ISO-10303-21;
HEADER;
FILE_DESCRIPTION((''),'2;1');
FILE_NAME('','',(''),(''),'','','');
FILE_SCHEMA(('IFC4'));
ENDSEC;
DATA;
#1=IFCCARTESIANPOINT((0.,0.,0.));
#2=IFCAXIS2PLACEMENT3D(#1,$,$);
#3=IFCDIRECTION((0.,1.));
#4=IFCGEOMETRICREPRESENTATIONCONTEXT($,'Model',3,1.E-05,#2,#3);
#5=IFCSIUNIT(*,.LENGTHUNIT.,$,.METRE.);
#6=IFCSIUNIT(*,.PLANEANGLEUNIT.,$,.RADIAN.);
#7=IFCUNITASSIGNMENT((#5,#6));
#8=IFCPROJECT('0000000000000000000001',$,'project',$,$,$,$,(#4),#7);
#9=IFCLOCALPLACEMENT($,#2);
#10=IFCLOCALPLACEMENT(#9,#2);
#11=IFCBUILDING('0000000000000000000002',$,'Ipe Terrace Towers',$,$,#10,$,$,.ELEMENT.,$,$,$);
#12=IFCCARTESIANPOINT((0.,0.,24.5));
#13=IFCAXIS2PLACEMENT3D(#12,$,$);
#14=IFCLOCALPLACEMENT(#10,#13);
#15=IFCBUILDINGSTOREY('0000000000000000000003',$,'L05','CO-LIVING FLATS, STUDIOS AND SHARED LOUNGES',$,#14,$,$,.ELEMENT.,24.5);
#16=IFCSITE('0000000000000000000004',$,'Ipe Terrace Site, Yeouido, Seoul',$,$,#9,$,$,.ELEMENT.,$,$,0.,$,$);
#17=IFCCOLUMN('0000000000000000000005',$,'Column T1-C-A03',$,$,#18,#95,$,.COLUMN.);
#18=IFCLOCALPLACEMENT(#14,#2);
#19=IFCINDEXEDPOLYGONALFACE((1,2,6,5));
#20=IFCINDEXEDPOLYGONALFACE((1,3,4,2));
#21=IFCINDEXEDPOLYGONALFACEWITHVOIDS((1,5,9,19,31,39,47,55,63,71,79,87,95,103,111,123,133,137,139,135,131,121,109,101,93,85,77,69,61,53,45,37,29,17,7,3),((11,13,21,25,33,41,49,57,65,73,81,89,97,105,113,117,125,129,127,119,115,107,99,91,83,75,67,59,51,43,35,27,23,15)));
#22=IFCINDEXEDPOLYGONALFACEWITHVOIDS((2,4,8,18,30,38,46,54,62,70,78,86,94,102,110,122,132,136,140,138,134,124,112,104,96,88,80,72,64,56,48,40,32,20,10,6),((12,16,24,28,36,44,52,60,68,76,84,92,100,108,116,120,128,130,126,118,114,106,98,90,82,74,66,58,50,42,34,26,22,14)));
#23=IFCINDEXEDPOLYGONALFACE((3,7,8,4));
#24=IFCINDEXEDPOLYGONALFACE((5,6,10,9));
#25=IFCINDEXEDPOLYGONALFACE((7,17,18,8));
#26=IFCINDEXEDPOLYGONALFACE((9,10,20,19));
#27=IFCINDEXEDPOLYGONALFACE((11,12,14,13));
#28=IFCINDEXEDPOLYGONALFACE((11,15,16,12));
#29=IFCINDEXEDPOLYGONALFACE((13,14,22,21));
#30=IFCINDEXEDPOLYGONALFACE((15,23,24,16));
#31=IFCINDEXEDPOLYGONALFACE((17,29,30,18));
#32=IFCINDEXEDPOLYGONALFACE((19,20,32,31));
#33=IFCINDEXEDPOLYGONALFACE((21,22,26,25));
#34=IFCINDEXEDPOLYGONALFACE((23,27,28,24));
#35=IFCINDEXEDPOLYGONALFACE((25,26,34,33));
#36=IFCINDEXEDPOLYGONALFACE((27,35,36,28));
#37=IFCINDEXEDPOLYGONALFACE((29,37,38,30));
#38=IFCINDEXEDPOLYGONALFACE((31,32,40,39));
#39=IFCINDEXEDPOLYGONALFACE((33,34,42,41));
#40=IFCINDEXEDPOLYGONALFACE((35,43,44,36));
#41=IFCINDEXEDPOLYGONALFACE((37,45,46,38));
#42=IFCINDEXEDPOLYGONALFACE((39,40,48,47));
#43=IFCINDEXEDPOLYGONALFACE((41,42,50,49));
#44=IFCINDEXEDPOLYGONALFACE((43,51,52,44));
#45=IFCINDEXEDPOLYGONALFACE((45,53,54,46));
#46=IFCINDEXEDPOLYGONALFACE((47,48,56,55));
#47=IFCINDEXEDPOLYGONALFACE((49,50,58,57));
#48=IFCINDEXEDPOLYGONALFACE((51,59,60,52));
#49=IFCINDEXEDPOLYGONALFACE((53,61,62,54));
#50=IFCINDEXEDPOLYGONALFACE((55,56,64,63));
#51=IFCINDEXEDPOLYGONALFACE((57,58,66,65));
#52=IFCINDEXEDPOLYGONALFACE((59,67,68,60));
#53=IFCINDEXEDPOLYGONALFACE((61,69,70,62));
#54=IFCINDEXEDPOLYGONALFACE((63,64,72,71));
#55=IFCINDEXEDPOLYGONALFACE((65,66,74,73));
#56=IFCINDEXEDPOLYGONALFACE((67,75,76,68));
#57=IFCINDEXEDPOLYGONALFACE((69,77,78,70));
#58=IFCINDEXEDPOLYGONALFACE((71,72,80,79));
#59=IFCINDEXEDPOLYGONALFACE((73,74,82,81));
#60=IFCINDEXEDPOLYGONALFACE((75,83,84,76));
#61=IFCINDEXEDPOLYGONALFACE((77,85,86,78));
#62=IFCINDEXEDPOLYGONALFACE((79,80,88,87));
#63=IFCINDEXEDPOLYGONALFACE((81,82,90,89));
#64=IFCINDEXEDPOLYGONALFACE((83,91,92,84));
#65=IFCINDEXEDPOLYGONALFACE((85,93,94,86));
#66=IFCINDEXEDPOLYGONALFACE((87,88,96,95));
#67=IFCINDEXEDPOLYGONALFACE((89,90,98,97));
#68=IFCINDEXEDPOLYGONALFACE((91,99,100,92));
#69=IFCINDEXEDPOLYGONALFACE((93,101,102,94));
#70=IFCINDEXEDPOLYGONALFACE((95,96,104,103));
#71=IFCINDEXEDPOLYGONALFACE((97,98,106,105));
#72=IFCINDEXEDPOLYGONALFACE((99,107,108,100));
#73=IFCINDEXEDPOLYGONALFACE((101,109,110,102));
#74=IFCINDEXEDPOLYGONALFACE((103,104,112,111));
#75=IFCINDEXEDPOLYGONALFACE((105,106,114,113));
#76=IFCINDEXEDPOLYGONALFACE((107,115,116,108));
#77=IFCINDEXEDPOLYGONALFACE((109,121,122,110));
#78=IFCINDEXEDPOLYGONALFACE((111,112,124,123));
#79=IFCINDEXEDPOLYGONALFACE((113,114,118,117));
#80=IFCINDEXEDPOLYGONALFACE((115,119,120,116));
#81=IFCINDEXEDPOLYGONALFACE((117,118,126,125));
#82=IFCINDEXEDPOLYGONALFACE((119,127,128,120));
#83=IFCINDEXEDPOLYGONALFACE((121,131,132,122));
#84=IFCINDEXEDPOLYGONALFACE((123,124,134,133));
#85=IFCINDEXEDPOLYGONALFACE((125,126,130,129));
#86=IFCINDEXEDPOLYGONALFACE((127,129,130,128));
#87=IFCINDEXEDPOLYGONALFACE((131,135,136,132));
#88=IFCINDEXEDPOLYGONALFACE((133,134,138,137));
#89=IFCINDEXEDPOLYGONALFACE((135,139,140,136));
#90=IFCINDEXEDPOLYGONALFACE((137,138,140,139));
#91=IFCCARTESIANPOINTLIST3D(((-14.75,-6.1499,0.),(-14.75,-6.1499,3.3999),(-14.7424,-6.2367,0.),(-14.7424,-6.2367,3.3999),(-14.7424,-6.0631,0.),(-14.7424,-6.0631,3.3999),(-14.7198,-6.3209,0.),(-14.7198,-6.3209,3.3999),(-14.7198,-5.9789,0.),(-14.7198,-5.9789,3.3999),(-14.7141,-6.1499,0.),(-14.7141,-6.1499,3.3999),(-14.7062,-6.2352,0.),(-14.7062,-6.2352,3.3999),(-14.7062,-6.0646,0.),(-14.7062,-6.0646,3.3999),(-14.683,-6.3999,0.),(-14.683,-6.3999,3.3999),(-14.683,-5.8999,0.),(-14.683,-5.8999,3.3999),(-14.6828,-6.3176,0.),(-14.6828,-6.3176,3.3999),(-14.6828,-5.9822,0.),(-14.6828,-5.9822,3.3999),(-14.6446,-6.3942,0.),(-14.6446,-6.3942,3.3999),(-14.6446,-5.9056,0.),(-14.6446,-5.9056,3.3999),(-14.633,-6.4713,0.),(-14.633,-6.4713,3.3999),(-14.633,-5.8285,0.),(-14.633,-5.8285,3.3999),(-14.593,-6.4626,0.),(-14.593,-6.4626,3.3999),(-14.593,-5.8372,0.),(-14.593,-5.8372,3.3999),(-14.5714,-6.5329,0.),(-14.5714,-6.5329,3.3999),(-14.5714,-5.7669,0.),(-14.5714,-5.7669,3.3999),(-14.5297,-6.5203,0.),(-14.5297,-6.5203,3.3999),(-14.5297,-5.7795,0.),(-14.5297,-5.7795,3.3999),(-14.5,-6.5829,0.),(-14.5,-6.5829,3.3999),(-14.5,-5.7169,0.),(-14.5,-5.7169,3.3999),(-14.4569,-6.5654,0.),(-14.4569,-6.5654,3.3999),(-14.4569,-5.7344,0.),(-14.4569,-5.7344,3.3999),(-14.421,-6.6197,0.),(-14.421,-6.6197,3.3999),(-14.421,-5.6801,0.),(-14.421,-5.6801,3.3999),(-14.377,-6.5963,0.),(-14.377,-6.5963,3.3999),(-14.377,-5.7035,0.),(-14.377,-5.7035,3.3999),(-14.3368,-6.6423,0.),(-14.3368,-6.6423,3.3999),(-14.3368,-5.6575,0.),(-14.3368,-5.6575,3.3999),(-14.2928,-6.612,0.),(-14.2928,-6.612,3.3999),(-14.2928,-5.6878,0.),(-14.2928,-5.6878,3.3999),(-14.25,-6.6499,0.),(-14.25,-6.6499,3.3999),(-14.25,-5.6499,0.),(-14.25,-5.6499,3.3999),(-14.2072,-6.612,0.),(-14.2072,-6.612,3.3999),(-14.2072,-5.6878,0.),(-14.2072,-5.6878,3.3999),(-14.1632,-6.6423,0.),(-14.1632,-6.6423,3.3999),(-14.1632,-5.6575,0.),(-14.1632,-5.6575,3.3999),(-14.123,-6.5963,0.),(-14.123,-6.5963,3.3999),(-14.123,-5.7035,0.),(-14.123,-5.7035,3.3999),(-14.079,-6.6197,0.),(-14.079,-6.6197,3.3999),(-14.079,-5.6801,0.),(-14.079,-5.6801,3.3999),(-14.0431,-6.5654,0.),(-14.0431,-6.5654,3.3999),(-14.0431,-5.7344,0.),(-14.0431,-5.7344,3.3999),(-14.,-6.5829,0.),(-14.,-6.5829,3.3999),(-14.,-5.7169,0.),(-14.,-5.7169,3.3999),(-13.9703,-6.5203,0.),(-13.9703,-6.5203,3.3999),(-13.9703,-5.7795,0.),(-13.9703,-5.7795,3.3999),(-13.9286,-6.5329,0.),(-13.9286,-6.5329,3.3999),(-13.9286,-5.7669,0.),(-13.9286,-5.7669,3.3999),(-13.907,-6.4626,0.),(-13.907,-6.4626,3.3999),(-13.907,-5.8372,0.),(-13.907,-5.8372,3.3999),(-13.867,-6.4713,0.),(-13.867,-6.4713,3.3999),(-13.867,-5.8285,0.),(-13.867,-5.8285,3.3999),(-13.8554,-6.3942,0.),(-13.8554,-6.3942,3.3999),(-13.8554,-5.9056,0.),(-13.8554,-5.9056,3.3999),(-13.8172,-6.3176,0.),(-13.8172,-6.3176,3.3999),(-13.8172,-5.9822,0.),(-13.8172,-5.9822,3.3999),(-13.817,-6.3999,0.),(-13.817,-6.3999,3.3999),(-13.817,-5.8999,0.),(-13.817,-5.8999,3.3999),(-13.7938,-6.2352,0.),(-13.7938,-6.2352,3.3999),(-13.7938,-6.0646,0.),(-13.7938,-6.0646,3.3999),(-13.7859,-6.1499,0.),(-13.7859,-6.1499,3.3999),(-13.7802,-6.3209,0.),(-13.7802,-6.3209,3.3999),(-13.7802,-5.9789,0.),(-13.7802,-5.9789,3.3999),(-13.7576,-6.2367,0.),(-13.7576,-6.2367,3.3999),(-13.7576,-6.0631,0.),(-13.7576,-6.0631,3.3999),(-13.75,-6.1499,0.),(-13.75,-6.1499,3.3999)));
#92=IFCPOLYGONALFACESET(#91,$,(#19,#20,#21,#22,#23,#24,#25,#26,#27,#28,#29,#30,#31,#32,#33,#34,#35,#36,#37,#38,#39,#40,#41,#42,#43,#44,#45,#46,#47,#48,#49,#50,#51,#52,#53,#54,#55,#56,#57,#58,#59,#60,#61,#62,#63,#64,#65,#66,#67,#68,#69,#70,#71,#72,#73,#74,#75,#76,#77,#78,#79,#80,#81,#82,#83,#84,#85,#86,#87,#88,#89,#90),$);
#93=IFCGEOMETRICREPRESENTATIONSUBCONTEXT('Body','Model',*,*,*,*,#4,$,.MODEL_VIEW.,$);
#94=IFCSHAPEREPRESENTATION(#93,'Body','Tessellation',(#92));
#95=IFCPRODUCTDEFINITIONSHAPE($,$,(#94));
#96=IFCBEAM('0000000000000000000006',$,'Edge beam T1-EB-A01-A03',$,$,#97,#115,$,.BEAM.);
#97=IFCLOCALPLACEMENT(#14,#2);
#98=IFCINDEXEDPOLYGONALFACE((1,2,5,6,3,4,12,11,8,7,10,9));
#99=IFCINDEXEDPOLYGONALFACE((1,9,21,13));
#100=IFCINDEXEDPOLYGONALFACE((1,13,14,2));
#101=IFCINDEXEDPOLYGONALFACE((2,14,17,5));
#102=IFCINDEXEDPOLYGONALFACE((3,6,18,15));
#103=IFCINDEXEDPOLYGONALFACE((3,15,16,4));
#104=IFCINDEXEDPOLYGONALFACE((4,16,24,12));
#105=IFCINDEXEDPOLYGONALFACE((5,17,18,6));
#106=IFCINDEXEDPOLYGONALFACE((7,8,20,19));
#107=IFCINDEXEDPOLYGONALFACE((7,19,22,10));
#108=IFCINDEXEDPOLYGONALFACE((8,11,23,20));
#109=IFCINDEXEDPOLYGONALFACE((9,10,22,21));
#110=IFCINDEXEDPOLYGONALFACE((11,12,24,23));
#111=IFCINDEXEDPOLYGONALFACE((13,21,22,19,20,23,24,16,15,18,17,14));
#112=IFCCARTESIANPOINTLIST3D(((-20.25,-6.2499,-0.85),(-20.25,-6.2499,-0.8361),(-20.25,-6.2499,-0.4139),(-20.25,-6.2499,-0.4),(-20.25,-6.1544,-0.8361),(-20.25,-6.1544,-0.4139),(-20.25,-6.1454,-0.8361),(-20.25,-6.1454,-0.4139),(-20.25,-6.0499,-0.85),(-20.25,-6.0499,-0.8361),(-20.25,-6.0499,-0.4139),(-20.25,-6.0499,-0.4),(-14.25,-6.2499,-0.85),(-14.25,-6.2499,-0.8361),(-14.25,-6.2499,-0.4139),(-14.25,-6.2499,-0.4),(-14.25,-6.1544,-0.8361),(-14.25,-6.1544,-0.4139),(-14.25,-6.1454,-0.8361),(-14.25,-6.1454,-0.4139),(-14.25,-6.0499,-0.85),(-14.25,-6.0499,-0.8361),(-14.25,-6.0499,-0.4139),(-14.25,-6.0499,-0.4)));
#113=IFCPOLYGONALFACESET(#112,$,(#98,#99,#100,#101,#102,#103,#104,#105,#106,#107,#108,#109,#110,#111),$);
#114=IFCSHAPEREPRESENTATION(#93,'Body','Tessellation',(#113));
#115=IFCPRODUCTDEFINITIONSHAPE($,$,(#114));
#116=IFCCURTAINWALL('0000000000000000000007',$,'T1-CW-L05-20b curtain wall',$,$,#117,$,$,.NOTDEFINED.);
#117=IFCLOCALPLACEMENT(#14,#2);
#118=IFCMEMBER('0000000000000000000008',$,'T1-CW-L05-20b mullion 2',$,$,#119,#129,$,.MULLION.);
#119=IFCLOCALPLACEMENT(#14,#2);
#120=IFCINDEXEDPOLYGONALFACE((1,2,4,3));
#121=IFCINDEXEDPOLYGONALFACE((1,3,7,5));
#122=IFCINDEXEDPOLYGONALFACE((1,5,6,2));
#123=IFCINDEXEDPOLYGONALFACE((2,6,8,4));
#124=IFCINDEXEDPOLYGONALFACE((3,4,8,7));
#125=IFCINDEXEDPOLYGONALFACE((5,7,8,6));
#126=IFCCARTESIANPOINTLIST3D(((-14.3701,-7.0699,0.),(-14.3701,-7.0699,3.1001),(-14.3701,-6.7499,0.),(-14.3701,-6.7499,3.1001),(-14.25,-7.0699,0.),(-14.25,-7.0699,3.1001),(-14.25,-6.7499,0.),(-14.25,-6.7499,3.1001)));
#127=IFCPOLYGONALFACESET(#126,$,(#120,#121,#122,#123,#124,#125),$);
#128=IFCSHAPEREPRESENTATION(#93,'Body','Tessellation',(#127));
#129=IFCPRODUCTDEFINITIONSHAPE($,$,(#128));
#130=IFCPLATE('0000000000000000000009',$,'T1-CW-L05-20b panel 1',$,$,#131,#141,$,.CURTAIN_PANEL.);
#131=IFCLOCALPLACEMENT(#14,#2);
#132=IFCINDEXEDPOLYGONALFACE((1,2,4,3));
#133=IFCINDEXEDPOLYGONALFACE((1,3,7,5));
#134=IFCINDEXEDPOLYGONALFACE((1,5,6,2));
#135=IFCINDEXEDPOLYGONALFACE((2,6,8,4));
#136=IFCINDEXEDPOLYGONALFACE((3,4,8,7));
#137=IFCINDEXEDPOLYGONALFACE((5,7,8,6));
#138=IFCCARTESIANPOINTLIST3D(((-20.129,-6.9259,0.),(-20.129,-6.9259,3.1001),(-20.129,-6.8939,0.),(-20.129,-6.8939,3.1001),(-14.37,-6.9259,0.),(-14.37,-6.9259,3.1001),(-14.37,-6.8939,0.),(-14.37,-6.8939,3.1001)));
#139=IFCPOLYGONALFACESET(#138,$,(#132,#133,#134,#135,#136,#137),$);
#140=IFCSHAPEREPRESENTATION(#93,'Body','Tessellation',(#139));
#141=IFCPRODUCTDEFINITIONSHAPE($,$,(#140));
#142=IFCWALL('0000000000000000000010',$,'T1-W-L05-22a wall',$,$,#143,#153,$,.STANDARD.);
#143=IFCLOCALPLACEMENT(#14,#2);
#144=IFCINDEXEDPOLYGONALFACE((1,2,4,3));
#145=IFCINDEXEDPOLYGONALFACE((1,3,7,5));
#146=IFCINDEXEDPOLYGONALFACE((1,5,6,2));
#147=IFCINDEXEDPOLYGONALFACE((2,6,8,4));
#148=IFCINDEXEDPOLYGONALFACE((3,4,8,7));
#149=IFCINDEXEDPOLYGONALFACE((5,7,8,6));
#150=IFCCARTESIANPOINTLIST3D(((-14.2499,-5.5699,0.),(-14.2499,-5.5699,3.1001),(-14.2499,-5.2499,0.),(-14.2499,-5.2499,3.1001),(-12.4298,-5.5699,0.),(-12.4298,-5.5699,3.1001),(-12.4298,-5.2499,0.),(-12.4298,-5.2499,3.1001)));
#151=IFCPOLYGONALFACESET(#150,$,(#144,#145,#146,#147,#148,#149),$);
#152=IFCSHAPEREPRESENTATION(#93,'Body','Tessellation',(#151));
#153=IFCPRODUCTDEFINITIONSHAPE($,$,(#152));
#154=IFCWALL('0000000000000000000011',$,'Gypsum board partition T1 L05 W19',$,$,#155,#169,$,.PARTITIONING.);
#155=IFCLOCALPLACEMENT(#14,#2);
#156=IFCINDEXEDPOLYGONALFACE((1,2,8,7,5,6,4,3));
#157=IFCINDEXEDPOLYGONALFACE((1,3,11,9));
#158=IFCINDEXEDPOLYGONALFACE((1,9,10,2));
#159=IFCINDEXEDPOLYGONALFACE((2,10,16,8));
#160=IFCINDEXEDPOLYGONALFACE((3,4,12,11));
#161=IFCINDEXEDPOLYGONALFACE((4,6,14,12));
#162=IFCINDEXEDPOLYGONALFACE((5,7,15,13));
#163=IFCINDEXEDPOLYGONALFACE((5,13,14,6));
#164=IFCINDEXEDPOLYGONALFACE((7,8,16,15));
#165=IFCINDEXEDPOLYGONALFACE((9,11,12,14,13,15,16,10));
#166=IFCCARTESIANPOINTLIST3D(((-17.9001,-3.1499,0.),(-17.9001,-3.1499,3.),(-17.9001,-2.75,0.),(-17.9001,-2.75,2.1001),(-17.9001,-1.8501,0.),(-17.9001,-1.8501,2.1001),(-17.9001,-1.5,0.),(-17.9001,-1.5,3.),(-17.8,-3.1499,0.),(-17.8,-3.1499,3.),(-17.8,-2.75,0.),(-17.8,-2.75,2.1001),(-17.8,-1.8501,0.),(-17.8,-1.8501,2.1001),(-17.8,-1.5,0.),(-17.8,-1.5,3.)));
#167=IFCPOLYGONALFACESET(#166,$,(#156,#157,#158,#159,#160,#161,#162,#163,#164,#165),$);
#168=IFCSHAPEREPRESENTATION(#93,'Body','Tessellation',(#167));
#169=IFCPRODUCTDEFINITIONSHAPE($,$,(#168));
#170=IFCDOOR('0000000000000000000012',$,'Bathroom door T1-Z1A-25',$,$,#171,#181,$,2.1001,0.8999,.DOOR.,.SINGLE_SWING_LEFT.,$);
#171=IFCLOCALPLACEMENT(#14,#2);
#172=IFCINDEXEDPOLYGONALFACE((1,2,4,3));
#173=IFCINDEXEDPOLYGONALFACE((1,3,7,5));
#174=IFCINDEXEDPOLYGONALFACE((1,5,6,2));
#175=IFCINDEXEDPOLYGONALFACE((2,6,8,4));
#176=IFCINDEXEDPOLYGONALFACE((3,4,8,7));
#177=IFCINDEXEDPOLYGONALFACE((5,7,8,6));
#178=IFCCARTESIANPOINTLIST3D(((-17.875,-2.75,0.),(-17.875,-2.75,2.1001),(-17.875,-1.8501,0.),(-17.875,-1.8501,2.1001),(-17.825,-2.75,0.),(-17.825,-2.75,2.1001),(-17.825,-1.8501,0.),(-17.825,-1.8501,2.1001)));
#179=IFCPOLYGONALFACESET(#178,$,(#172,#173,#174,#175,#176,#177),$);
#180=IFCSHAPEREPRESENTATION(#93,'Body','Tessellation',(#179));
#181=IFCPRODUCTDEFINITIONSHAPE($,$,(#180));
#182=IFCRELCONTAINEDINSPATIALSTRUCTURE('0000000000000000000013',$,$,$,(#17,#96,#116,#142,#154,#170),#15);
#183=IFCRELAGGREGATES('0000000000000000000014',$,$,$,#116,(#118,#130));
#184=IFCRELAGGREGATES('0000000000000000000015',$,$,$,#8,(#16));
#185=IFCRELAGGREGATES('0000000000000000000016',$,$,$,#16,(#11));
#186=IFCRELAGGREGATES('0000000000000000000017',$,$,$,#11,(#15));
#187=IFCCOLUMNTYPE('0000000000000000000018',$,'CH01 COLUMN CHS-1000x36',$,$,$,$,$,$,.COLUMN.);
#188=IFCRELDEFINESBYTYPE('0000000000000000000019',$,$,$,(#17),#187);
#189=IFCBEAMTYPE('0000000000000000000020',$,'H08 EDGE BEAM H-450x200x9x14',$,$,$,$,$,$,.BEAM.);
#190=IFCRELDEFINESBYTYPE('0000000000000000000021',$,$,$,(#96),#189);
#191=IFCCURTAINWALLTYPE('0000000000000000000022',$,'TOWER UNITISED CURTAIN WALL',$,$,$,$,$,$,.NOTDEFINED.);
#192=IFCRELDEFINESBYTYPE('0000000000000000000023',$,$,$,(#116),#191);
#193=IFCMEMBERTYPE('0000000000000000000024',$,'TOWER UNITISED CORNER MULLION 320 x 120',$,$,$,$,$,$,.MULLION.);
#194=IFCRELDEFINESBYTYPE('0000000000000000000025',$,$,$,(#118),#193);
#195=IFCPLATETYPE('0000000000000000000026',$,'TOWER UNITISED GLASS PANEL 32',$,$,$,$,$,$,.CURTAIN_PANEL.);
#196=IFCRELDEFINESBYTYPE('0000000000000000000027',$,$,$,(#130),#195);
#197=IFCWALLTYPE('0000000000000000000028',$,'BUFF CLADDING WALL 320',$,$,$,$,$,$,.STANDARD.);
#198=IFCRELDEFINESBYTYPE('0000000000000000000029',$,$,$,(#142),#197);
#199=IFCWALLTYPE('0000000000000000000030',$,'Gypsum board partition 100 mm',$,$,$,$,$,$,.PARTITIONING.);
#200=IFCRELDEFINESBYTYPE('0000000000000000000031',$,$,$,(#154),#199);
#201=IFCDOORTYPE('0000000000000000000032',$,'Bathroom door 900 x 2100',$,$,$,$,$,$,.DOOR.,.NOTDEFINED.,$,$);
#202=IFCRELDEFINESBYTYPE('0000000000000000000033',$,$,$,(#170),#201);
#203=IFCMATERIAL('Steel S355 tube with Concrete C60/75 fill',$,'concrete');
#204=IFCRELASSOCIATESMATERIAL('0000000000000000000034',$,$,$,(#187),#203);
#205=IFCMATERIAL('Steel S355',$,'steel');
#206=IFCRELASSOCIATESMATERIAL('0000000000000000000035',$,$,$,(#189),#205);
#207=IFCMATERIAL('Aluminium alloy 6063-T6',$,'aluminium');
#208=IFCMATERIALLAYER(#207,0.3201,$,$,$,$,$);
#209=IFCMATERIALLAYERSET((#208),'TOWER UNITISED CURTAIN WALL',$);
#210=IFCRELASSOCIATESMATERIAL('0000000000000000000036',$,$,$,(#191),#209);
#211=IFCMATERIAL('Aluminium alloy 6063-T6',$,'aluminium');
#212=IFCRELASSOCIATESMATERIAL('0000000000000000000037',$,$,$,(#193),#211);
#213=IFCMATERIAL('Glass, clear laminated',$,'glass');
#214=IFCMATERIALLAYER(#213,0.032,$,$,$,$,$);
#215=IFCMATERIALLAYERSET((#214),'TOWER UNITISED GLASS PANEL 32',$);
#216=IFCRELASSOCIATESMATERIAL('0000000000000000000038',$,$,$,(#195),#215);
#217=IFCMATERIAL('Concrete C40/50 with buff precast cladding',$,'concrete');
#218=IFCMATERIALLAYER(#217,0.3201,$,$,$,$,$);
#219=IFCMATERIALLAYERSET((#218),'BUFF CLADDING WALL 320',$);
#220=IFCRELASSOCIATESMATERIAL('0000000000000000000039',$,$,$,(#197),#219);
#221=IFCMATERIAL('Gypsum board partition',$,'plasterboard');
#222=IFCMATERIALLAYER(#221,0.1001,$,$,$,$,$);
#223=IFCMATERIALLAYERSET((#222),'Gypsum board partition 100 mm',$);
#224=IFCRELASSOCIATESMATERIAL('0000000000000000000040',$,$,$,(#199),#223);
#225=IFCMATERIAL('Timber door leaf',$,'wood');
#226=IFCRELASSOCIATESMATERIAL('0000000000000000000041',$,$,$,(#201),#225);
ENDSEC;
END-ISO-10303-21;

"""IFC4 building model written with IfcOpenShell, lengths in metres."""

from ifc_helpers import new_model, si_unit, direction, frame, frame_2d, origin, origin_2d, place, context, subcontext, project, spatial, rectangle, hollow_circle, i_section, extrude, material, layer, layer_set, material_profile, profile_set, type_object, element, fill, aggregate, save


model = new_model("IFC4")

# Units and contexts
model_context = context("Model", 3, precision=1e-05, world=origin(), true_north=direction((0.0, 1.0)))
body_context = subcontext(model_context, "Body", "Model", "MODEL_VIEW")
ifc_project = project(units=[si_unit("LENGTHUNIT", "METRE"), si_unit("PLANEANGLEUNIT", "RADIAN")], contexts=[model_context])

# Site, building, storey
site_placement = place(None, origin())
site = spatial("IfcSite", under=ifc_project, at=site_placement, Name="Ipe Terrace Site, Yeouido, Seoul", CompositionType="ELEMENT", RefElevation=0.0)
building_placement = place(site_placement, origin())
building = spatial("IfcBuilding", under=site, at=building_placement, Name="Ipe Terrace Towers", CompositionType="ELEMENT")
storey_placement = place(building_placement, frame((0.0, 0.0, 24.5)))
storey = spatial("IfcBuildingStorey", under=building, at=storey_placement, Name="L05", Description="CO-LIVING FLATS, STUDIOS AND SHARED LOUNGES", CompositionType="ELEMENT", Elevation=24.5)

# Column
ifc_material_1 = material(Name="Steel S355 tube with Concrete C60/75 fill", Category="concrete")
ifc_material_profile_1 = material_profile(ifc_material_1, hollow_circle(Radius=0.5, WallThickness=0.0359, at=origin_2d()), Name="CHS-1000x36")
ifc_profile_set_1 = profile_set([ifc_material_profile_1], Name="Steel S355 tube with Concrete C60/75 fill")
column_type = type_object("IfcColumnType", Name="CH01 COLUMN CHS-1000x36", PredefinedType="COLUMN", material=ifc_profile_set_1)
column_placement = place(storey_placement, frame((-14.25, -6.1499, 0.0), z_axis=(0.0, 0.0, 1.0), x_axis=(1.0, 0.0, 0.0)))
element("IfcColumn", 1, at=column_placement, inside=storey, type_object=column_type, Name="Column T1-C-A03", PredefinedType="COLUMN", context=body_context, shape_type="SweptSolid", body=[
    extrude(hollow_circle(Radius=0.5, WallThickness=0.0359, at=origin_2d()), origin(), (0.0, 0.0, 1.0), 3.3999),
])

# Beam
ifc_material_2 = material(Name="Steel S355", Category="steel")
ifc_material_profile_2 = material_profile(ifc_material_2, i_section(OverallWidth=0.2, OverallDepth=0.45, WebThickness=0.009, FlangeThickness=0.0139, at=origin_2d()), Name="H-450x200x9x14")
ifc_profile_set_2 = profile_set([ifc_material_profile_2], Name="Steel S355")
beam_type = type_object("IfcBeamType", Name="H08 EDGE BEAM H-450x200x9x14", PredefinedType="BEAM", material=ifc_profile_set_2)
beam_placement = place(storey_placement, frame((-20.25, -6.1499, -0.625), z_axis=(1.0, 0.0, 0.0), x_axis=(0.0, 1.0, 0.0)))
element("IfcBeam", 2, at=beam_placement, inside=storey, type_object=beam_type, Name="Edge beam T1-EB-A01-A03", PredefinedType="BEAM", context=body_context, shape_type="SweptSolid", body=[
    extrude(i_section(OverallWidth=0.2, OverallDepth=0.45, WebThickness=0.009, FlangeThickness=0.0139, at=origin_2d()), origin(), (0.0, 0.0, 1.0), 6.0),
])

# Curtain wall, member, plate
ifc_material_3 = material(Name="Aluminium alloy 6063-T6", Category="aluminium")
ifc_layer_1 = layer(ifc_material_3, 0.3201)
ifc_layer_set_1 = layer_set([ifc_layer_1], Name="TOWER UNITISED CURTAIN WALL")
curtain_wall_type = type_object("IfcCurtainWallType", Name="TOWER UNITISED CURTAIN WALL", PredefinedType="NOTDEFINED", material=ifc_layer_set_1)
curtain_wall_placement = place(storey_placement, origin())
curtain_wall = element("IfcCurtainWall", 3, at=curtain_wall_placement, inside=storey, type_object=curtain_wall_type, Name="T1-CW-L05-20b curtain wall", PredefinedType="NOTDEFINED")
ifc_material_4 = material(Name="Aluminium alloy 6063-T6", Category="aluminium")
ifc_material_profile_3 = material_profile(ifc_material_4, rectangle(XDim=0.3201, YDim=0.1201, at=origin_2d()), Name="TOWER UNITISED CORNER MULLION 320 x 120")
ifc_profile_set_3 = profile_set([ifc_material_profile_3], Name="Aluminium alloy 6063-T6")
member_type = type_object("IfcMemberType", Name="TOWER UNITISED CORNER MULLION 320 x 120", PredefinedType="MULLION", material=ifc_profile_set_3)
member_placement = place(storey_placement, frame((-14.3101, -6.9099, 0.0), z_axis=(0.0, 0.0, 1.0), x_axis=(0.0, -1.0, 0.0)))
member = element("IfcMember", 4, at=member_placement, type_object=member_type, Name="T1-CW-L05-20b mullion 2", PredefinedType="MULLION", context=body_context, shape_type="SweptSolid", body=[
    extrude(rectangle(XDim=0.3201, YDim=0.1201, at=origin_2d()), origin(), (0.0, 0.0, 1.0), 3.1001),
])
ifc_material_5 = material(Name="Glass, clear laminated", Category="glass")
ifc_layer_2 = layer(ifc_material_5, 0.032)
ifc_layer_set_2 = layer_set([ifc_layer_2], Name="TOWER UNITISED GLASS PANEL 32")
plate_type = type_object("IfcPlateType", Name="TOWER UNITISED GLASS PANEL 32", PredefinedType="CURTAIN_PANEL", material=ifc_layer_set_2)
plate_placement = place(storey_placement, frame((-17.2495, -6.9099, 0.0), z_axis=(0.0, 0.0, 1.0), x_axis=(1.0, 0.0, 0.0)))
plate = element("IfcPlate", 5, at=plate_placement, type_object=plate_type, Name="T1-CW-L05-20b panel 1", PredefinedType="CURTAIN_PANEL", context=body_context, shape_type="SweptSolid", body=[
    extrude(rectangle(XDim=5.759, YDim=0.032, at=origin_2d()), origin(), (0.0, 0.0, 1.0), 3.1001),
])
aggregate(curtain_wall, [member, plate])

# Wall
ifc_material_6 = material(Name="Concrete C40/50 with buff precast cladding", Category="concrete")
ifc_layer_3 = layer(ifc_material_6, 0.3201)
ifc_layer_set_3 = layer_set([ifc_layer_3], Name="BUFF CLADDING WALL 320")
wall_type_1 = type_object("IfcWallType", Name="BUFF CLADDING WALL 320", PredefinedType="STANDARD", material=ifc_layer_set_3)
wall_1_placement = place(storey_placement, frame((-14.25, -5.4099, 0.0), z_axis=(0.0, 0.0, 1.0), x_axis=(1.0, 0.0, 0.0)))
element("IfcWall", 6, at=wall_1_placement, inside=storey, type_object=wall_type_1, Name="T1-W-L05-22a wall", PredefinedType="STANDARD", context=body_context, shape_type="SweptSolid", body=[
    extrude(rectangle(XDim=1.8201, YDim=0.3201, at=frame_2d((0.9102, 0.0))), origin(), (0.0, 0.0, 1.0), 3.1001),
])

# Wall, opening, door
ifc_material_7 = material(Name="Gypsum board partition", Category="plasterboard")
ifc_layer_4 = layer(ifc_material_7, 0.1001)
ifc_layer_set_4 = layer_set([ifc_layer_4], Name="Gypsum board partition 100 mm")
wall_type_2 = type_object("IfcWallType", Name="Gypsum board partition 100 mm", PredefinedType="PARTITIONING", material=ifc_layer_set_4)
wall_2_placement = place(storey_placement, frame((-17.8501, -3.1499, 0.0), z_axis=(0.0, 0.0, 1.0), x_axis=(0.0, 1.0, 0.0)))
wall_2 = element("IfcWall", 7, at=wall_2_placement, inside=storey, type_object=wall_type_2, Name="Gypsum board partition T1 L05 W19", PredefinedType="PARTITIONING", context=body_context, shape_type="SweptSolid", body=[
    extrude(rectangle(XDim=1.6499, YDim=0.1001, at=frame_2d((0.825, 0.0))), origin(), (0.0, 0.0, 1.0), 3.0),
])
opening_1_placement = place(wall_2_placement, frame((0.3999, 0.0, 0.0)))
opening_1 = element("IfcOpeningElement", 8, at=opening_1_placement, cuts=wall_2, PredefinedType="OPENING", context=body_context, shape_type="SweptSolid", body=[
    extrude(rectangle(XDim=0.8999, YDim=2.1001, at=frame_2d((0.45, 1.05))), frame((0.0, 0.0601, 0.0), z_axis=(0.0, -1.0, 0.0), x_axis=(1.0, 0.0, 0.0)), (0.0, 0.0, 1.0), 0.1201),
])
ifc_material_8 = material(Name="Timber door leaf", Category="wood")
door_type_1 = type_object("IfcDoorType", Name="Bathroom door 900 x 2100", OperationType="NOTDEFINED", PredefinedType="DOOR", material=ifc_material_8)
door_1_placement = place(opening_1_placement, origin())
door_1 = element("IfcDoor", 9, at=door_1_placement, inside=storey, type_object=door_type_1, Name="Bathroom door T1-Z1A-25", OperationType="SINGLE_SWING_LEFT", OverallHeight=2.1001, OverallWidth=0.8999, PredefinedType="DOOR", context=body_context, shape_type="SweptSolid", body=[
    extrude(rectangle(XDim=0.8999, YDim=2.1001, at=frame_2d((0.45, 1.05))), frame((0.0, 0.0249, 0.0), z_axis=(0.0, -1.0, 0.0), x_axis=(1.0, 0.0, 0.0)), (0.0, 0.0, 1.0), 0.05),
])
fill(opening_1, door_1)

save(model, "model.ifc")
